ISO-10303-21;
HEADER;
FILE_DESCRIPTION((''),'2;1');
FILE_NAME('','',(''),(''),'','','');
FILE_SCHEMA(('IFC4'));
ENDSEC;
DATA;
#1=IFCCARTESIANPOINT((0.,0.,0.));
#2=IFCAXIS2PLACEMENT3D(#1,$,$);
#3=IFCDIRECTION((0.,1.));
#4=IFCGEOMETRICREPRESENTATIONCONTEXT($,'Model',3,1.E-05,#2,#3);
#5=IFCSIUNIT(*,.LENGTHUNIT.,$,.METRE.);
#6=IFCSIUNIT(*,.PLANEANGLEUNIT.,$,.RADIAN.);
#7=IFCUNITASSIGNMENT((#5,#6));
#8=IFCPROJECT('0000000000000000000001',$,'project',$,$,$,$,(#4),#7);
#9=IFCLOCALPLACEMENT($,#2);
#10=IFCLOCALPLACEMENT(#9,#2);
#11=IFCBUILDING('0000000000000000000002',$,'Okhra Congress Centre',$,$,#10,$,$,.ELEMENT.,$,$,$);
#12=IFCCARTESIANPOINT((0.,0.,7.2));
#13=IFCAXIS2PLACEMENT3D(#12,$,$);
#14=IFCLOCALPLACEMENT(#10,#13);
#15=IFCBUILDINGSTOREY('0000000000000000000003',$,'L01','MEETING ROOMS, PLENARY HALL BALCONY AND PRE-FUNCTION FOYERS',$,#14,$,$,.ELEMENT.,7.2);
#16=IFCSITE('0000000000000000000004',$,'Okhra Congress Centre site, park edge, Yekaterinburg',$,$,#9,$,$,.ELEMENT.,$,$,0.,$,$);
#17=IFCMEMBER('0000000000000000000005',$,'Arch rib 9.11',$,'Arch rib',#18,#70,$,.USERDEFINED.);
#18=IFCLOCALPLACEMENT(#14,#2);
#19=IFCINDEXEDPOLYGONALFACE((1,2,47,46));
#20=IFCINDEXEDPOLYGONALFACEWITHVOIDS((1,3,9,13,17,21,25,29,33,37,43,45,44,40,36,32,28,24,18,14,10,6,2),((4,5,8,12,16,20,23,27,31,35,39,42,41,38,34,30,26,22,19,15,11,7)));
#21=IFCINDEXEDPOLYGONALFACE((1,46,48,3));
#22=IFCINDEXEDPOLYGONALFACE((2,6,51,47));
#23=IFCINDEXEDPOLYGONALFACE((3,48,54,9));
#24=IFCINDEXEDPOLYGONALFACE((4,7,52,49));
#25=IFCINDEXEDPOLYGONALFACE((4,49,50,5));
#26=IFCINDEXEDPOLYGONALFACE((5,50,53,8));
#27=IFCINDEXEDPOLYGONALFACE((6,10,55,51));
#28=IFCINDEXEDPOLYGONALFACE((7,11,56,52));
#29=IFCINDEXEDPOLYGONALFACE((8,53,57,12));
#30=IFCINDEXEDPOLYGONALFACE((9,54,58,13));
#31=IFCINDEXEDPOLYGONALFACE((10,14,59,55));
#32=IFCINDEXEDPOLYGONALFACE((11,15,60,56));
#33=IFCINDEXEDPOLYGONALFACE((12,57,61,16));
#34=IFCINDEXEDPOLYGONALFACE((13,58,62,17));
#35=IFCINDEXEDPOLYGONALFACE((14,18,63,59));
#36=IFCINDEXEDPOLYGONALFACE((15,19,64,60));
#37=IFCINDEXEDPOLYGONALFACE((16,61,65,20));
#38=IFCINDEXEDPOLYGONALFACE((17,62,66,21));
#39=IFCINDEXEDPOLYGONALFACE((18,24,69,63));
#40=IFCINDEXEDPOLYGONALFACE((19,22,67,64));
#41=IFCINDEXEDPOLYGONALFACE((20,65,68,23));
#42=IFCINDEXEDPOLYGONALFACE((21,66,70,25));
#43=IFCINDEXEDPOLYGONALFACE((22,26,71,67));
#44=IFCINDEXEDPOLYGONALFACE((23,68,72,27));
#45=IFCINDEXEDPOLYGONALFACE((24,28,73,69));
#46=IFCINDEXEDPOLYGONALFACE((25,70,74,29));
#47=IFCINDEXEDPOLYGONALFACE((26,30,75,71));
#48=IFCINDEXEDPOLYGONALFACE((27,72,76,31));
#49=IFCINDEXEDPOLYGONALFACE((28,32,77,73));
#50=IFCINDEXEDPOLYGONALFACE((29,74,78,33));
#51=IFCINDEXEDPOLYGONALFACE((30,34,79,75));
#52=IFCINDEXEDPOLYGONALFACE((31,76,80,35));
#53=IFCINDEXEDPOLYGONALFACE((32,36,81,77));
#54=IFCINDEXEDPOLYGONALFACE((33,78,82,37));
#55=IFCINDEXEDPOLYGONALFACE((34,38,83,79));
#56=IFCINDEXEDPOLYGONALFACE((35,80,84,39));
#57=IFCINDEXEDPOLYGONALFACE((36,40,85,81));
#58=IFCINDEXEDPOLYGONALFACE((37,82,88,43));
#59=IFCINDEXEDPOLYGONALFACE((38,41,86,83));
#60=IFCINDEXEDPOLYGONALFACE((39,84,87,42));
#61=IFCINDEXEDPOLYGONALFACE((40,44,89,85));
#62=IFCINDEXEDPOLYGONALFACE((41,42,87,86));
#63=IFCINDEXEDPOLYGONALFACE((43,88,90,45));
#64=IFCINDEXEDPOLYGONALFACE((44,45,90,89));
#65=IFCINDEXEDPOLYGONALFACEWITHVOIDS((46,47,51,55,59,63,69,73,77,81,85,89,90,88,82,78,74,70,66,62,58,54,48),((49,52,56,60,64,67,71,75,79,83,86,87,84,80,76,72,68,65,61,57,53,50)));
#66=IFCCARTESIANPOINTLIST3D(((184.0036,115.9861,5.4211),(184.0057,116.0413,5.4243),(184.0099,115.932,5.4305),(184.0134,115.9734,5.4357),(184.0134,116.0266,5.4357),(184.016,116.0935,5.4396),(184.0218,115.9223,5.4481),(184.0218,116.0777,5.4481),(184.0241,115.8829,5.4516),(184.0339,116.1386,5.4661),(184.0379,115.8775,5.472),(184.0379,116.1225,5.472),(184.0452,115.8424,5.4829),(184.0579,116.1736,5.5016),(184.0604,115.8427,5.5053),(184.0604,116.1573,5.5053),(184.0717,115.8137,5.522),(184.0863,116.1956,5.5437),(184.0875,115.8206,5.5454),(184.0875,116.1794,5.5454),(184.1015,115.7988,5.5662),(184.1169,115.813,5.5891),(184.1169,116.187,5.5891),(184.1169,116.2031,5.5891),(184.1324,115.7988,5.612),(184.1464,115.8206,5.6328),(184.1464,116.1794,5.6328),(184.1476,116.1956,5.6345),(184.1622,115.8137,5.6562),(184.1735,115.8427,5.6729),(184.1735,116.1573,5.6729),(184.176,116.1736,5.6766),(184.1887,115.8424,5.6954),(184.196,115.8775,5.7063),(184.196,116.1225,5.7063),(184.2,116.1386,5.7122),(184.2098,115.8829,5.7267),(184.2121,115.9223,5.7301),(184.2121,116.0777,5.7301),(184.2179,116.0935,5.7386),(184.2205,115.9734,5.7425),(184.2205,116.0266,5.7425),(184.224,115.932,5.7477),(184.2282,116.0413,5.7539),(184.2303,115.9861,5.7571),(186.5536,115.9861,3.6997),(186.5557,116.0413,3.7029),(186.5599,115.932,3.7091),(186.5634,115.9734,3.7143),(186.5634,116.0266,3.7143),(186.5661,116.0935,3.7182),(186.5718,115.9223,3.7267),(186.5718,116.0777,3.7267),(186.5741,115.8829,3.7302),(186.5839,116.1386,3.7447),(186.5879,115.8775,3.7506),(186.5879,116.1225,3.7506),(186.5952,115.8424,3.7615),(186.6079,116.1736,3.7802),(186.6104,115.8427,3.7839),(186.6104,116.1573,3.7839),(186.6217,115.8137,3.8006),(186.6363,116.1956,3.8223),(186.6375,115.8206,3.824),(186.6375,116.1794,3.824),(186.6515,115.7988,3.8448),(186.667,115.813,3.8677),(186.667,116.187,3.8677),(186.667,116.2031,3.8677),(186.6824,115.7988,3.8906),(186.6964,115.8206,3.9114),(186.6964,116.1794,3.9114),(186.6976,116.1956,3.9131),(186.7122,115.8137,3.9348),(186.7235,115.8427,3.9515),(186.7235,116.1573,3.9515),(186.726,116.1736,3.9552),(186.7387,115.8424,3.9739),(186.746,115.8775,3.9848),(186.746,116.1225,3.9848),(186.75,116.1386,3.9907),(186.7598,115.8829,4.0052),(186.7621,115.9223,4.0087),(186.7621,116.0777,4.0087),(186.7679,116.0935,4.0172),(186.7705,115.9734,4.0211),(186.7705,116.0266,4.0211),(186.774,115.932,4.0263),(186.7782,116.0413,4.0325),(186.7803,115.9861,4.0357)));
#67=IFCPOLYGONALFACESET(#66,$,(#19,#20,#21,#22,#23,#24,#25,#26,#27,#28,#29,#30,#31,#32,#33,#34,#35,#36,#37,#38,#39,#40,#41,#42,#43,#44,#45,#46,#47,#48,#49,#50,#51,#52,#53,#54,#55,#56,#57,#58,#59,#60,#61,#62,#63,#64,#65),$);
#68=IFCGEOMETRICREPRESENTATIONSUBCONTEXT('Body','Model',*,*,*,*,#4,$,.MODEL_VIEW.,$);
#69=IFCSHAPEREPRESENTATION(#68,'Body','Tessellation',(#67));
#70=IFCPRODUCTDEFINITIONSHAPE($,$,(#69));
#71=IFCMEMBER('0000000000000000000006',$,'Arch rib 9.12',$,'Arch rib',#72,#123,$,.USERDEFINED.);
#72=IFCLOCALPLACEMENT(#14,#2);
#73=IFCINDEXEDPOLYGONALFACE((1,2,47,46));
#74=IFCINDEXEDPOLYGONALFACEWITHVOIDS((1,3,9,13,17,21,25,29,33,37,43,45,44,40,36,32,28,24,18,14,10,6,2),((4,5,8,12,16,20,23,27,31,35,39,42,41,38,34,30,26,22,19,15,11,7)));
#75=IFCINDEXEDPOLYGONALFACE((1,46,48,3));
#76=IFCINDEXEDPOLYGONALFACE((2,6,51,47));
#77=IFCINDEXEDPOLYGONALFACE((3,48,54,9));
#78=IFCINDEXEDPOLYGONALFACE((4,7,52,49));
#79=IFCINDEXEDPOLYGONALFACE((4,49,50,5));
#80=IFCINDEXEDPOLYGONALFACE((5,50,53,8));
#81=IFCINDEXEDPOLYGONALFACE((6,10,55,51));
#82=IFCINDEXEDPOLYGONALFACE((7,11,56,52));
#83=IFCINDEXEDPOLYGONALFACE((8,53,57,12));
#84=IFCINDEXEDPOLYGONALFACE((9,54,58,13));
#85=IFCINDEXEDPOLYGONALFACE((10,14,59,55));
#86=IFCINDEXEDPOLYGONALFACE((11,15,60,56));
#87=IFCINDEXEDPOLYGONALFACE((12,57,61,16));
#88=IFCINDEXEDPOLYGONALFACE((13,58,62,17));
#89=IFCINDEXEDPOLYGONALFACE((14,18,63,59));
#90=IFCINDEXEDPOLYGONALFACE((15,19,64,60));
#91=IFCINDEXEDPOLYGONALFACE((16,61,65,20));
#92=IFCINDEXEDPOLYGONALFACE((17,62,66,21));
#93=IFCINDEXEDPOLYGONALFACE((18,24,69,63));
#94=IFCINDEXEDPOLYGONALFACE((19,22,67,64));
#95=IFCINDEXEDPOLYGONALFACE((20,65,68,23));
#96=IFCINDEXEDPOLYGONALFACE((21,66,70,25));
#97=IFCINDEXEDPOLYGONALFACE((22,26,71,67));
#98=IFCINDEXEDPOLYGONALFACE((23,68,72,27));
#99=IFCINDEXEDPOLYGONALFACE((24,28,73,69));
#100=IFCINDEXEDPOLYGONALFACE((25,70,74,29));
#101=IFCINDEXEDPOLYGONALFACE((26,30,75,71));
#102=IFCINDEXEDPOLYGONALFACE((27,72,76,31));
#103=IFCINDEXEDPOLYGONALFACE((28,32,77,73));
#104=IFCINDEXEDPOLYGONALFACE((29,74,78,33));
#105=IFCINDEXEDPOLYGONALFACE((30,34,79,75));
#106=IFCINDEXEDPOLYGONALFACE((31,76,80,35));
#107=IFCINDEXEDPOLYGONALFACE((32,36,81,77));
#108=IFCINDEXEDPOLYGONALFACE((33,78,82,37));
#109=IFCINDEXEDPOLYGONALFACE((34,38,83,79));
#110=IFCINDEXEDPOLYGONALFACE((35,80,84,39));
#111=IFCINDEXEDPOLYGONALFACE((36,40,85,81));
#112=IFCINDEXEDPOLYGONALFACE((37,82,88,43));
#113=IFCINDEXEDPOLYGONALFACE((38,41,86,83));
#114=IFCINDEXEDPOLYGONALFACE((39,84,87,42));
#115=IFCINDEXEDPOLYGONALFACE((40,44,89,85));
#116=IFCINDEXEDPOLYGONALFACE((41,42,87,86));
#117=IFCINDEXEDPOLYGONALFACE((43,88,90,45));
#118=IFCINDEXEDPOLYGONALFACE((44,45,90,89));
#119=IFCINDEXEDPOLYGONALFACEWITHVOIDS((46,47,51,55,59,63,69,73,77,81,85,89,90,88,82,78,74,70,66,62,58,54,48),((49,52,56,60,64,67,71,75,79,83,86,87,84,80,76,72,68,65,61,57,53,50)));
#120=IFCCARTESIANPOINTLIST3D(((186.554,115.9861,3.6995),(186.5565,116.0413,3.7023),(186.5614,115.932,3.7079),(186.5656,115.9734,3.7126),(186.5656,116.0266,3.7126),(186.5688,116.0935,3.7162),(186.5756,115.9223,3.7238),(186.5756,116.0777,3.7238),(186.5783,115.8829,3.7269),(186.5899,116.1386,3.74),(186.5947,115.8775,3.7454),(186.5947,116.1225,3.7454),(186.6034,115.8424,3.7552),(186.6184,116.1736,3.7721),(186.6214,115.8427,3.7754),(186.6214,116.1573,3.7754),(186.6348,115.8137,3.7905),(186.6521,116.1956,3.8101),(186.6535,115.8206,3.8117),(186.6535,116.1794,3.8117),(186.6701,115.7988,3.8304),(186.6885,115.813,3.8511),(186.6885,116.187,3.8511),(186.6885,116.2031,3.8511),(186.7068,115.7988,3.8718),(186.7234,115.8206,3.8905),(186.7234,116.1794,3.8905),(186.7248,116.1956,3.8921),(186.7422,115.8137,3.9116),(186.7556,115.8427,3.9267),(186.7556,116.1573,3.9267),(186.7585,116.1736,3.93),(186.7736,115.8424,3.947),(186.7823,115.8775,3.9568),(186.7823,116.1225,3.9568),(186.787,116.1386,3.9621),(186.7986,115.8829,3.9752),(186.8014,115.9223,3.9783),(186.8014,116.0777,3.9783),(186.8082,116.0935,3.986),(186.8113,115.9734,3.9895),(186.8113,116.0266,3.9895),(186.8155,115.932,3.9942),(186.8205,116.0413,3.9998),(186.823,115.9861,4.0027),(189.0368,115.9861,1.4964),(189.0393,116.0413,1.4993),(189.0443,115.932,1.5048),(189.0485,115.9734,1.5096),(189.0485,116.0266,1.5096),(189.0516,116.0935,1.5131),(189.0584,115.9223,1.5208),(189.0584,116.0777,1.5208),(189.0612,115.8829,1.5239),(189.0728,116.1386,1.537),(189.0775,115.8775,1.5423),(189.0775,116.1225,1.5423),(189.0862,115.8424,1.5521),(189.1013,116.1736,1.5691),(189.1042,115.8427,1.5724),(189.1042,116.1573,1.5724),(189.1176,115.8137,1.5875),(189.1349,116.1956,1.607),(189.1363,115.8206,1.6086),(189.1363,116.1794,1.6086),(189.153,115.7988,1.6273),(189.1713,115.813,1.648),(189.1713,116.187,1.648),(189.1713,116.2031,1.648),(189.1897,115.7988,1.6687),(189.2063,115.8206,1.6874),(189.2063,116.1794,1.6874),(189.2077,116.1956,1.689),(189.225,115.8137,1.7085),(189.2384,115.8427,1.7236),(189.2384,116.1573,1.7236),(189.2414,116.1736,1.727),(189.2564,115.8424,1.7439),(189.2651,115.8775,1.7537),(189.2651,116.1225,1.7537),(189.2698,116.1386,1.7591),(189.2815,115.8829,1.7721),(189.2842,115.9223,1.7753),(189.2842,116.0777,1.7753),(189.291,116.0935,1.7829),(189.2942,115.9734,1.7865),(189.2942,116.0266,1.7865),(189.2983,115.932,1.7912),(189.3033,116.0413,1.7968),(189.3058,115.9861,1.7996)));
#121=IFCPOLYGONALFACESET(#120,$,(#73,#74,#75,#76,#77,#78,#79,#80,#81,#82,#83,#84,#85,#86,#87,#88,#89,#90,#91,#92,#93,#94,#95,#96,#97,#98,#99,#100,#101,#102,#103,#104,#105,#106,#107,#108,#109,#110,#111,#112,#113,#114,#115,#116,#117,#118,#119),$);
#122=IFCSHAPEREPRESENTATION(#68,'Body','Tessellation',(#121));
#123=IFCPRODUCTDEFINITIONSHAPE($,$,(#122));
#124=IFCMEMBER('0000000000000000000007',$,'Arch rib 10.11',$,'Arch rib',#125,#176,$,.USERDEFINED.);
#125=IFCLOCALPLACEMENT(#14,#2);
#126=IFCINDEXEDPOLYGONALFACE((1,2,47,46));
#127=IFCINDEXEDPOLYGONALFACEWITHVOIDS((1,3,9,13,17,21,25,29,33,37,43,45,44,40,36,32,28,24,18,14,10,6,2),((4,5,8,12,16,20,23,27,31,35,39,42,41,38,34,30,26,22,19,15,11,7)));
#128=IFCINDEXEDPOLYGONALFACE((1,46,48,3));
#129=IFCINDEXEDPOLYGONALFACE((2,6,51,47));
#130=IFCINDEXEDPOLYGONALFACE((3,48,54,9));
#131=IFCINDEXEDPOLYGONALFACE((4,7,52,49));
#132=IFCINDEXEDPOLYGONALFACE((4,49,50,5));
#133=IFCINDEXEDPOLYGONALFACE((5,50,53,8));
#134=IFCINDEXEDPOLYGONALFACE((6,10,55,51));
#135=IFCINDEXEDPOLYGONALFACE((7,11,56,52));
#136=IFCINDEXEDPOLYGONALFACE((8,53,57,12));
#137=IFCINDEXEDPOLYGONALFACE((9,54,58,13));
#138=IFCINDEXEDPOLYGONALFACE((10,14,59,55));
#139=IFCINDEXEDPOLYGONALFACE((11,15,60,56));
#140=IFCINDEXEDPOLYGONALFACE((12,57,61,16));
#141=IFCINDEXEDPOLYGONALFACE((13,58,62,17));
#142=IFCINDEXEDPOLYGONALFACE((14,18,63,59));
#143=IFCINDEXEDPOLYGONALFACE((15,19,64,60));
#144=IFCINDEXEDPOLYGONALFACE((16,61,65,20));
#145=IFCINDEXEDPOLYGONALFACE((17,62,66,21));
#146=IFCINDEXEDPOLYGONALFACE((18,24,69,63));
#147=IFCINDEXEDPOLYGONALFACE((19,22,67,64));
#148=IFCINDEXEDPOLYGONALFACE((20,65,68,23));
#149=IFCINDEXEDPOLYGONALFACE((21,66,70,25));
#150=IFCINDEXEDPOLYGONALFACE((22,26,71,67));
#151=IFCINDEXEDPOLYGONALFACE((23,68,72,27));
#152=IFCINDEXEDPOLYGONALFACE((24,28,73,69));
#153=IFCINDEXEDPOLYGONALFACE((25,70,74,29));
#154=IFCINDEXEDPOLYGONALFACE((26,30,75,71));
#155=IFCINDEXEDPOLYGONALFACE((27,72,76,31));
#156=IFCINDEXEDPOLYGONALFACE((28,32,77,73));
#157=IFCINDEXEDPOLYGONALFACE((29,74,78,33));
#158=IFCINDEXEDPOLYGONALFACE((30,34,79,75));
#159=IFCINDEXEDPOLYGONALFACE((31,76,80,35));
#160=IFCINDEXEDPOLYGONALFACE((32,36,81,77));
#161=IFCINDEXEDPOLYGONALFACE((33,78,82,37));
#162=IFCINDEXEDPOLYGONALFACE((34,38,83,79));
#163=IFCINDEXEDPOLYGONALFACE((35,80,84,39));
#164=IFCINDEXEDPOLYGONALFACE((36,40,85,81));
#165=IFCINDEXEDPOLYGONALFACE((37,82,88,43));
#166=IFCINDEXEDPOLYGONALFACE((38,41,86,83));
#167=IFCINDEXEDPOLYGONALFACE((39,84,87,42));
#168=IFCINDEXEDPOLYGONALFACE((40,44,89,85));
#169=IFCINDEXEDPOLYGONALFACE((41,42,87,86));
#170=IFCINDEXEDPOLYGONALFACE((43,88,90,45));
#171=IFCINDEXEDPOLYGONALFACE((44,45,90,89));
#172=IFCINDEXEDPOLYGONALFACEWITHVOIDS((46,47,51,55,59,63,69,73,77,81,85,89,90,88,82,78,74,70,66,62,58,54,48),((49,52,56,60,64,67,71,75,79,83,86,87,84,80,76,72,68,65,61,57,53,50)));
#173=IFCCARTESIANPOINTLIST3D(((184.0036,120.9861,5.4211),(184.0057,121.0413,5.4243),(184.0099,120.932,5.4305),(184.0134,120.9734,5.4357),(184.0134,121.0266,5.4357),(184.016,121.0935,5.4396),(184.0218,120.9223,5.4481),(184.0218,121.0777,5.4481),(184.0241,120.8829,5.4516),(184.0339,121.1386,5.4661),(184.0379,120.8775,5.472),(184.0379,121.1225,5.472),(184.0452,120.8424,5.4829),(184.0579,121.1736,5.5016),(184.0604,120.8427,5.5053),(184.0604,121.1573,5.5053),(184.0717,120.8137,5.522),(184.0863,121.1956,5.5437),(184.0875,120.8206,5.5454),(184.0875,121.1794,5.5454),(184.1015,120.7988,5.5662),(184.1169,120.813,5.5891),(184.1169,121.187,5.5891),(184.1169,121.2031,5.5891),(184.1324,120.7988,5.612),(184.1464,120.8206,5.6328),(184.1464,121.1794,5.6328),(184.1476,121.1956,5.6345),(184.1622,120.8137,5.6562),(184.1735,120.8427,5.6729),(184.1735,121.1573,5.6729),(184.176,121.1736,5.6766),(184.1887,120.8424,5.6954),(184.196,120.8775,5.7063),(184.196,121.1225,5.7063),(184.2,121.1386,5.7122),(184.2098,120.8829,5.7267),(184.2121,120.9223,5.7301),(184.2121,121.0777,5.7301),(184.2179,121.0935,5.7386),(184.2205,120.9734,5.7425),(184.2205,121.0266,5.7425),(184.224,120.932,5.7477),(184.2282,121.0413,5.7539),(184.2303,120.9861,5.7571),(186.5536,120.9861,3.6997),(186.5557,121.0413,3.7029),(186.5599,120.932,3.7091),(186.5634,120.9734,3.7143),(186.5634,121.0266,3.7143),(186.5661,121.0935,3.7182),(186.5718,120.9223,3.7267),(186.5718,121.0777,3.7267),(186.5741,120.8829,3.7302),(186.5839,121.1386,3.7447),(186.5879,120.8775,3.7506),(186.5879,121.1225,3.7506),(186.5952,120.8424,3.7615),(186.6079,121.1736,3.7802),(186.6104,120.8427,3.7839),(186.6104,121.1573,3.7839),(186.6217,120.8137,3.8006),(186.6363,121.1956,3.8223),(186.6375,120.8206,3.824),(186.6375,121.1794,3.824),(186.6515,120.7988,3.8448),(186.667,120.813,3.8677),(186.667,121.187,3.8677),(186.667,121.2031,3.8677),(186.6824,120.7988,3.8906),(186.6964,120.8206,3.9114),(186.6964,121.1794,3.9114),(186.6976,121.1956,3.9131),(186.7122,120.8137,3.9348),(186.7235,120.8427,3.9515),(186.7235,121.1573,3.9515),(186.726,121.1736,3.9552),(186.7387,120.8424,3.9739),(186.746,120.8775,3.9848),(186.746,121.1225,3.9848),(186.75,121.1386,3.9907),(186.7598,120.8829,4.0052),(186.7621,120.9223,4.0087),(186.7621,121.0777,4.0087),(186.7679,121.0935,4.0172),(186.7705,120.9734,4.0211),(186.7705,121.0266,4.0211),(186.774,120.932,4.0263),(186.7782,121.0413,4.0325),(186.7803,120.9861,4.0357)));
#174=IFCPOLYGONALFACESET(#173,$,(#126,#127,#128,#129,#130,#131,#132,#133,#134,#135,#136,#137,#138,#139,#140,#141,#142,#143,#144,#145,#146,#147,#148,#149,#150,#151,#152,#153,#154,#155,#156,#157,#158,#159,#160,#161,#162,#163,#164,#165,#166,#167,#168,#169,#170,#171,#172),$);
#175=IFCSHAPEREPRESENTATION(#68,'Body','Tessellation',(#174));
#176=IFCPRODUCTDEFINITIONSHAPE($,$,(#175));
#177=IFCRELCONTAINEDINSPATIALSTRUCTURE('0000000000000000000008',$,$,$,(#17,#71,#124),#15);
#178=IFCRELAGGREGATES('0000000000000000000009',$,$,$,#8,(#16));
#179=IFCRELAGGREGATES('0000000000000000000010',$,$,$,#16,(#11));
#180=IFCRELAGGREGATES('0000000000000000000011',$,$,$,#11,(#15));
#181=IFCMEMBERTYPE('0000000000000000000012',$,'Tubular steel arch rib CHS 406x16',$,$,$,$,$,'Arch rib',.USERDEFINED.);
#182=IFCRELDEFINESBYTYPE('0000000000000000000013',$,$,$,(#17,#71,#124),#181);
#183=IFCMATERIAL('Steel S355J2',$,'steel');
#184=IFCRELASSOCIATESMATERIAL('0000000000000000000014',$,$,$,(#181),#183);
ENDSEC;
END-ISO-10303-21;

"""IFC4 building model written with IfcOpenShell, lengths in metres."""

from ifc_helpers import new_model, si_unit, direction, frame, origin, origin_2d, place, context, subcontext, project, spatial, hollow_circle, extrude, material, material_profile, profile_set, type_object, element, save


model = new_model("IFC4")

# Units and contexts
model_context = context("Model", 3, precision=1e-05, world=origin(), true_north=direction((0.0, 1.0)))
body_context = subcontext(model_context, "Body", "Model", "MODEL_VIEW")
ifc_project = project(units=[si_unit("LENGTHUNIT", "METRE"), si_unit("PLANEANGLEUNIT", "RADIAN")], contexts=[model_context])

# Site, building, storey
site_placement = place(None, origin())
site = spatial("IfcSite", under=ifc_project, at=site_placement, Name="Okhra Congress Centre site, park edge, Yekaterinburg", CompositionType="ELEMENT", RefElevation=0.0)
building_placement = place(site_placement, origin())
building = spatial("IfcBuilding", under=site, at=building_placement, Name="Okhra Congress Centre", CompositionType="ELEMENT")
storey_placement = place(building_placement, frame((0.0, 0.0, 7.2)))
storey = spatial("IfcBuildingStorey", under=building, at=storey_placement, Name="L01", Description="MEETING ROOMS, PLENARY HALL BALCONY AND PRE-FUNCTION FOYERS", CompositionType="ELEMENT", Elevation=7.2)

# Members
ifc_material_1 = material(Name="Steel S355J2", Category="steel")
ifc_material_profile_1 = material_profile(ifc_material_1, hollow_circle(Radius=0.2031, WallThickness=0.0161, at=origin_2d()), Name="CHS 406.4x16")
ifc_profile_set_1 = profile_set([ifc_material_profile_1], Name="Steel S355J2")
member_type_1 = type_object("IfcMemberType", Name="Tubular steel arch rib CHS 406x16", ElementType="Arch rib", PredefinedType="USERDEFINED", material=ifc_profile_set_1)
member_1_placement = place(storey_placement, frame((184.1169, 116.0, 5.5891), z_axis=(0.828826, 0.0, -0.559507), x_axis=(0.0, 1.0, 0.0)))
element("IfcMember", 1, at=member_1_placement, inside=storey, type_object=member_type_1, Name="Arch rib 9.11", ObjectType="Arch rib", PredefinedType="USERDEFINED", context=body_context, shape_type="SweptSolid", body=[
    extrude(hollow_circle(Radius=0.2031, WallThickness=0.0161, at=origin_2d()), origin(), (0.0, 0.0, 1.0), 3.0767),
])
member_2_placement = place(storey_placement, frame((186.6885, 116.0, 3.8511), z_axis=(0.747993, 0.0, -0.663706), x_axis=(0.0, 1.0, 0.0)))
element("IfcMember", 2, at=member_2_placement, inside=storey, type_object=member_type_1, Name="Arch rib 9.12", ObjectType="Arch rib", PredefinedType="USERDEFINED", context=body_context, shape_type="SweptSolid", body=[
    extrude(hollow_circle(Radius=0.2031, WallThickness=0.0161, at=origin_2d()), origin(), (0.0, 0.0, 1.0), 3.3193),
])
member_3_placement = place(storey_placement, frame((184.1169, 121.0, 5.5891), z_axis=(0.828826, 0.0, -0.559507), x_axis=(0.0, 1.0, 0.0)))
element("IfcMember", 3, at=member_3_placement, inside=storey, type_object=member_type_1, Name="Arch rib 10.11", ObjectType="Arch rib", PredefinedType="USERDEFINED", context=body_context, shape_type="SweptSolid", body=[
    extrude(hollow_circle(Radius=0.2031, WallThickness=0.0161, at=origin_2d()), origin(), (0.0, 0.0, 1.0), 3.0767),
])

save(model, "model.ifc")
